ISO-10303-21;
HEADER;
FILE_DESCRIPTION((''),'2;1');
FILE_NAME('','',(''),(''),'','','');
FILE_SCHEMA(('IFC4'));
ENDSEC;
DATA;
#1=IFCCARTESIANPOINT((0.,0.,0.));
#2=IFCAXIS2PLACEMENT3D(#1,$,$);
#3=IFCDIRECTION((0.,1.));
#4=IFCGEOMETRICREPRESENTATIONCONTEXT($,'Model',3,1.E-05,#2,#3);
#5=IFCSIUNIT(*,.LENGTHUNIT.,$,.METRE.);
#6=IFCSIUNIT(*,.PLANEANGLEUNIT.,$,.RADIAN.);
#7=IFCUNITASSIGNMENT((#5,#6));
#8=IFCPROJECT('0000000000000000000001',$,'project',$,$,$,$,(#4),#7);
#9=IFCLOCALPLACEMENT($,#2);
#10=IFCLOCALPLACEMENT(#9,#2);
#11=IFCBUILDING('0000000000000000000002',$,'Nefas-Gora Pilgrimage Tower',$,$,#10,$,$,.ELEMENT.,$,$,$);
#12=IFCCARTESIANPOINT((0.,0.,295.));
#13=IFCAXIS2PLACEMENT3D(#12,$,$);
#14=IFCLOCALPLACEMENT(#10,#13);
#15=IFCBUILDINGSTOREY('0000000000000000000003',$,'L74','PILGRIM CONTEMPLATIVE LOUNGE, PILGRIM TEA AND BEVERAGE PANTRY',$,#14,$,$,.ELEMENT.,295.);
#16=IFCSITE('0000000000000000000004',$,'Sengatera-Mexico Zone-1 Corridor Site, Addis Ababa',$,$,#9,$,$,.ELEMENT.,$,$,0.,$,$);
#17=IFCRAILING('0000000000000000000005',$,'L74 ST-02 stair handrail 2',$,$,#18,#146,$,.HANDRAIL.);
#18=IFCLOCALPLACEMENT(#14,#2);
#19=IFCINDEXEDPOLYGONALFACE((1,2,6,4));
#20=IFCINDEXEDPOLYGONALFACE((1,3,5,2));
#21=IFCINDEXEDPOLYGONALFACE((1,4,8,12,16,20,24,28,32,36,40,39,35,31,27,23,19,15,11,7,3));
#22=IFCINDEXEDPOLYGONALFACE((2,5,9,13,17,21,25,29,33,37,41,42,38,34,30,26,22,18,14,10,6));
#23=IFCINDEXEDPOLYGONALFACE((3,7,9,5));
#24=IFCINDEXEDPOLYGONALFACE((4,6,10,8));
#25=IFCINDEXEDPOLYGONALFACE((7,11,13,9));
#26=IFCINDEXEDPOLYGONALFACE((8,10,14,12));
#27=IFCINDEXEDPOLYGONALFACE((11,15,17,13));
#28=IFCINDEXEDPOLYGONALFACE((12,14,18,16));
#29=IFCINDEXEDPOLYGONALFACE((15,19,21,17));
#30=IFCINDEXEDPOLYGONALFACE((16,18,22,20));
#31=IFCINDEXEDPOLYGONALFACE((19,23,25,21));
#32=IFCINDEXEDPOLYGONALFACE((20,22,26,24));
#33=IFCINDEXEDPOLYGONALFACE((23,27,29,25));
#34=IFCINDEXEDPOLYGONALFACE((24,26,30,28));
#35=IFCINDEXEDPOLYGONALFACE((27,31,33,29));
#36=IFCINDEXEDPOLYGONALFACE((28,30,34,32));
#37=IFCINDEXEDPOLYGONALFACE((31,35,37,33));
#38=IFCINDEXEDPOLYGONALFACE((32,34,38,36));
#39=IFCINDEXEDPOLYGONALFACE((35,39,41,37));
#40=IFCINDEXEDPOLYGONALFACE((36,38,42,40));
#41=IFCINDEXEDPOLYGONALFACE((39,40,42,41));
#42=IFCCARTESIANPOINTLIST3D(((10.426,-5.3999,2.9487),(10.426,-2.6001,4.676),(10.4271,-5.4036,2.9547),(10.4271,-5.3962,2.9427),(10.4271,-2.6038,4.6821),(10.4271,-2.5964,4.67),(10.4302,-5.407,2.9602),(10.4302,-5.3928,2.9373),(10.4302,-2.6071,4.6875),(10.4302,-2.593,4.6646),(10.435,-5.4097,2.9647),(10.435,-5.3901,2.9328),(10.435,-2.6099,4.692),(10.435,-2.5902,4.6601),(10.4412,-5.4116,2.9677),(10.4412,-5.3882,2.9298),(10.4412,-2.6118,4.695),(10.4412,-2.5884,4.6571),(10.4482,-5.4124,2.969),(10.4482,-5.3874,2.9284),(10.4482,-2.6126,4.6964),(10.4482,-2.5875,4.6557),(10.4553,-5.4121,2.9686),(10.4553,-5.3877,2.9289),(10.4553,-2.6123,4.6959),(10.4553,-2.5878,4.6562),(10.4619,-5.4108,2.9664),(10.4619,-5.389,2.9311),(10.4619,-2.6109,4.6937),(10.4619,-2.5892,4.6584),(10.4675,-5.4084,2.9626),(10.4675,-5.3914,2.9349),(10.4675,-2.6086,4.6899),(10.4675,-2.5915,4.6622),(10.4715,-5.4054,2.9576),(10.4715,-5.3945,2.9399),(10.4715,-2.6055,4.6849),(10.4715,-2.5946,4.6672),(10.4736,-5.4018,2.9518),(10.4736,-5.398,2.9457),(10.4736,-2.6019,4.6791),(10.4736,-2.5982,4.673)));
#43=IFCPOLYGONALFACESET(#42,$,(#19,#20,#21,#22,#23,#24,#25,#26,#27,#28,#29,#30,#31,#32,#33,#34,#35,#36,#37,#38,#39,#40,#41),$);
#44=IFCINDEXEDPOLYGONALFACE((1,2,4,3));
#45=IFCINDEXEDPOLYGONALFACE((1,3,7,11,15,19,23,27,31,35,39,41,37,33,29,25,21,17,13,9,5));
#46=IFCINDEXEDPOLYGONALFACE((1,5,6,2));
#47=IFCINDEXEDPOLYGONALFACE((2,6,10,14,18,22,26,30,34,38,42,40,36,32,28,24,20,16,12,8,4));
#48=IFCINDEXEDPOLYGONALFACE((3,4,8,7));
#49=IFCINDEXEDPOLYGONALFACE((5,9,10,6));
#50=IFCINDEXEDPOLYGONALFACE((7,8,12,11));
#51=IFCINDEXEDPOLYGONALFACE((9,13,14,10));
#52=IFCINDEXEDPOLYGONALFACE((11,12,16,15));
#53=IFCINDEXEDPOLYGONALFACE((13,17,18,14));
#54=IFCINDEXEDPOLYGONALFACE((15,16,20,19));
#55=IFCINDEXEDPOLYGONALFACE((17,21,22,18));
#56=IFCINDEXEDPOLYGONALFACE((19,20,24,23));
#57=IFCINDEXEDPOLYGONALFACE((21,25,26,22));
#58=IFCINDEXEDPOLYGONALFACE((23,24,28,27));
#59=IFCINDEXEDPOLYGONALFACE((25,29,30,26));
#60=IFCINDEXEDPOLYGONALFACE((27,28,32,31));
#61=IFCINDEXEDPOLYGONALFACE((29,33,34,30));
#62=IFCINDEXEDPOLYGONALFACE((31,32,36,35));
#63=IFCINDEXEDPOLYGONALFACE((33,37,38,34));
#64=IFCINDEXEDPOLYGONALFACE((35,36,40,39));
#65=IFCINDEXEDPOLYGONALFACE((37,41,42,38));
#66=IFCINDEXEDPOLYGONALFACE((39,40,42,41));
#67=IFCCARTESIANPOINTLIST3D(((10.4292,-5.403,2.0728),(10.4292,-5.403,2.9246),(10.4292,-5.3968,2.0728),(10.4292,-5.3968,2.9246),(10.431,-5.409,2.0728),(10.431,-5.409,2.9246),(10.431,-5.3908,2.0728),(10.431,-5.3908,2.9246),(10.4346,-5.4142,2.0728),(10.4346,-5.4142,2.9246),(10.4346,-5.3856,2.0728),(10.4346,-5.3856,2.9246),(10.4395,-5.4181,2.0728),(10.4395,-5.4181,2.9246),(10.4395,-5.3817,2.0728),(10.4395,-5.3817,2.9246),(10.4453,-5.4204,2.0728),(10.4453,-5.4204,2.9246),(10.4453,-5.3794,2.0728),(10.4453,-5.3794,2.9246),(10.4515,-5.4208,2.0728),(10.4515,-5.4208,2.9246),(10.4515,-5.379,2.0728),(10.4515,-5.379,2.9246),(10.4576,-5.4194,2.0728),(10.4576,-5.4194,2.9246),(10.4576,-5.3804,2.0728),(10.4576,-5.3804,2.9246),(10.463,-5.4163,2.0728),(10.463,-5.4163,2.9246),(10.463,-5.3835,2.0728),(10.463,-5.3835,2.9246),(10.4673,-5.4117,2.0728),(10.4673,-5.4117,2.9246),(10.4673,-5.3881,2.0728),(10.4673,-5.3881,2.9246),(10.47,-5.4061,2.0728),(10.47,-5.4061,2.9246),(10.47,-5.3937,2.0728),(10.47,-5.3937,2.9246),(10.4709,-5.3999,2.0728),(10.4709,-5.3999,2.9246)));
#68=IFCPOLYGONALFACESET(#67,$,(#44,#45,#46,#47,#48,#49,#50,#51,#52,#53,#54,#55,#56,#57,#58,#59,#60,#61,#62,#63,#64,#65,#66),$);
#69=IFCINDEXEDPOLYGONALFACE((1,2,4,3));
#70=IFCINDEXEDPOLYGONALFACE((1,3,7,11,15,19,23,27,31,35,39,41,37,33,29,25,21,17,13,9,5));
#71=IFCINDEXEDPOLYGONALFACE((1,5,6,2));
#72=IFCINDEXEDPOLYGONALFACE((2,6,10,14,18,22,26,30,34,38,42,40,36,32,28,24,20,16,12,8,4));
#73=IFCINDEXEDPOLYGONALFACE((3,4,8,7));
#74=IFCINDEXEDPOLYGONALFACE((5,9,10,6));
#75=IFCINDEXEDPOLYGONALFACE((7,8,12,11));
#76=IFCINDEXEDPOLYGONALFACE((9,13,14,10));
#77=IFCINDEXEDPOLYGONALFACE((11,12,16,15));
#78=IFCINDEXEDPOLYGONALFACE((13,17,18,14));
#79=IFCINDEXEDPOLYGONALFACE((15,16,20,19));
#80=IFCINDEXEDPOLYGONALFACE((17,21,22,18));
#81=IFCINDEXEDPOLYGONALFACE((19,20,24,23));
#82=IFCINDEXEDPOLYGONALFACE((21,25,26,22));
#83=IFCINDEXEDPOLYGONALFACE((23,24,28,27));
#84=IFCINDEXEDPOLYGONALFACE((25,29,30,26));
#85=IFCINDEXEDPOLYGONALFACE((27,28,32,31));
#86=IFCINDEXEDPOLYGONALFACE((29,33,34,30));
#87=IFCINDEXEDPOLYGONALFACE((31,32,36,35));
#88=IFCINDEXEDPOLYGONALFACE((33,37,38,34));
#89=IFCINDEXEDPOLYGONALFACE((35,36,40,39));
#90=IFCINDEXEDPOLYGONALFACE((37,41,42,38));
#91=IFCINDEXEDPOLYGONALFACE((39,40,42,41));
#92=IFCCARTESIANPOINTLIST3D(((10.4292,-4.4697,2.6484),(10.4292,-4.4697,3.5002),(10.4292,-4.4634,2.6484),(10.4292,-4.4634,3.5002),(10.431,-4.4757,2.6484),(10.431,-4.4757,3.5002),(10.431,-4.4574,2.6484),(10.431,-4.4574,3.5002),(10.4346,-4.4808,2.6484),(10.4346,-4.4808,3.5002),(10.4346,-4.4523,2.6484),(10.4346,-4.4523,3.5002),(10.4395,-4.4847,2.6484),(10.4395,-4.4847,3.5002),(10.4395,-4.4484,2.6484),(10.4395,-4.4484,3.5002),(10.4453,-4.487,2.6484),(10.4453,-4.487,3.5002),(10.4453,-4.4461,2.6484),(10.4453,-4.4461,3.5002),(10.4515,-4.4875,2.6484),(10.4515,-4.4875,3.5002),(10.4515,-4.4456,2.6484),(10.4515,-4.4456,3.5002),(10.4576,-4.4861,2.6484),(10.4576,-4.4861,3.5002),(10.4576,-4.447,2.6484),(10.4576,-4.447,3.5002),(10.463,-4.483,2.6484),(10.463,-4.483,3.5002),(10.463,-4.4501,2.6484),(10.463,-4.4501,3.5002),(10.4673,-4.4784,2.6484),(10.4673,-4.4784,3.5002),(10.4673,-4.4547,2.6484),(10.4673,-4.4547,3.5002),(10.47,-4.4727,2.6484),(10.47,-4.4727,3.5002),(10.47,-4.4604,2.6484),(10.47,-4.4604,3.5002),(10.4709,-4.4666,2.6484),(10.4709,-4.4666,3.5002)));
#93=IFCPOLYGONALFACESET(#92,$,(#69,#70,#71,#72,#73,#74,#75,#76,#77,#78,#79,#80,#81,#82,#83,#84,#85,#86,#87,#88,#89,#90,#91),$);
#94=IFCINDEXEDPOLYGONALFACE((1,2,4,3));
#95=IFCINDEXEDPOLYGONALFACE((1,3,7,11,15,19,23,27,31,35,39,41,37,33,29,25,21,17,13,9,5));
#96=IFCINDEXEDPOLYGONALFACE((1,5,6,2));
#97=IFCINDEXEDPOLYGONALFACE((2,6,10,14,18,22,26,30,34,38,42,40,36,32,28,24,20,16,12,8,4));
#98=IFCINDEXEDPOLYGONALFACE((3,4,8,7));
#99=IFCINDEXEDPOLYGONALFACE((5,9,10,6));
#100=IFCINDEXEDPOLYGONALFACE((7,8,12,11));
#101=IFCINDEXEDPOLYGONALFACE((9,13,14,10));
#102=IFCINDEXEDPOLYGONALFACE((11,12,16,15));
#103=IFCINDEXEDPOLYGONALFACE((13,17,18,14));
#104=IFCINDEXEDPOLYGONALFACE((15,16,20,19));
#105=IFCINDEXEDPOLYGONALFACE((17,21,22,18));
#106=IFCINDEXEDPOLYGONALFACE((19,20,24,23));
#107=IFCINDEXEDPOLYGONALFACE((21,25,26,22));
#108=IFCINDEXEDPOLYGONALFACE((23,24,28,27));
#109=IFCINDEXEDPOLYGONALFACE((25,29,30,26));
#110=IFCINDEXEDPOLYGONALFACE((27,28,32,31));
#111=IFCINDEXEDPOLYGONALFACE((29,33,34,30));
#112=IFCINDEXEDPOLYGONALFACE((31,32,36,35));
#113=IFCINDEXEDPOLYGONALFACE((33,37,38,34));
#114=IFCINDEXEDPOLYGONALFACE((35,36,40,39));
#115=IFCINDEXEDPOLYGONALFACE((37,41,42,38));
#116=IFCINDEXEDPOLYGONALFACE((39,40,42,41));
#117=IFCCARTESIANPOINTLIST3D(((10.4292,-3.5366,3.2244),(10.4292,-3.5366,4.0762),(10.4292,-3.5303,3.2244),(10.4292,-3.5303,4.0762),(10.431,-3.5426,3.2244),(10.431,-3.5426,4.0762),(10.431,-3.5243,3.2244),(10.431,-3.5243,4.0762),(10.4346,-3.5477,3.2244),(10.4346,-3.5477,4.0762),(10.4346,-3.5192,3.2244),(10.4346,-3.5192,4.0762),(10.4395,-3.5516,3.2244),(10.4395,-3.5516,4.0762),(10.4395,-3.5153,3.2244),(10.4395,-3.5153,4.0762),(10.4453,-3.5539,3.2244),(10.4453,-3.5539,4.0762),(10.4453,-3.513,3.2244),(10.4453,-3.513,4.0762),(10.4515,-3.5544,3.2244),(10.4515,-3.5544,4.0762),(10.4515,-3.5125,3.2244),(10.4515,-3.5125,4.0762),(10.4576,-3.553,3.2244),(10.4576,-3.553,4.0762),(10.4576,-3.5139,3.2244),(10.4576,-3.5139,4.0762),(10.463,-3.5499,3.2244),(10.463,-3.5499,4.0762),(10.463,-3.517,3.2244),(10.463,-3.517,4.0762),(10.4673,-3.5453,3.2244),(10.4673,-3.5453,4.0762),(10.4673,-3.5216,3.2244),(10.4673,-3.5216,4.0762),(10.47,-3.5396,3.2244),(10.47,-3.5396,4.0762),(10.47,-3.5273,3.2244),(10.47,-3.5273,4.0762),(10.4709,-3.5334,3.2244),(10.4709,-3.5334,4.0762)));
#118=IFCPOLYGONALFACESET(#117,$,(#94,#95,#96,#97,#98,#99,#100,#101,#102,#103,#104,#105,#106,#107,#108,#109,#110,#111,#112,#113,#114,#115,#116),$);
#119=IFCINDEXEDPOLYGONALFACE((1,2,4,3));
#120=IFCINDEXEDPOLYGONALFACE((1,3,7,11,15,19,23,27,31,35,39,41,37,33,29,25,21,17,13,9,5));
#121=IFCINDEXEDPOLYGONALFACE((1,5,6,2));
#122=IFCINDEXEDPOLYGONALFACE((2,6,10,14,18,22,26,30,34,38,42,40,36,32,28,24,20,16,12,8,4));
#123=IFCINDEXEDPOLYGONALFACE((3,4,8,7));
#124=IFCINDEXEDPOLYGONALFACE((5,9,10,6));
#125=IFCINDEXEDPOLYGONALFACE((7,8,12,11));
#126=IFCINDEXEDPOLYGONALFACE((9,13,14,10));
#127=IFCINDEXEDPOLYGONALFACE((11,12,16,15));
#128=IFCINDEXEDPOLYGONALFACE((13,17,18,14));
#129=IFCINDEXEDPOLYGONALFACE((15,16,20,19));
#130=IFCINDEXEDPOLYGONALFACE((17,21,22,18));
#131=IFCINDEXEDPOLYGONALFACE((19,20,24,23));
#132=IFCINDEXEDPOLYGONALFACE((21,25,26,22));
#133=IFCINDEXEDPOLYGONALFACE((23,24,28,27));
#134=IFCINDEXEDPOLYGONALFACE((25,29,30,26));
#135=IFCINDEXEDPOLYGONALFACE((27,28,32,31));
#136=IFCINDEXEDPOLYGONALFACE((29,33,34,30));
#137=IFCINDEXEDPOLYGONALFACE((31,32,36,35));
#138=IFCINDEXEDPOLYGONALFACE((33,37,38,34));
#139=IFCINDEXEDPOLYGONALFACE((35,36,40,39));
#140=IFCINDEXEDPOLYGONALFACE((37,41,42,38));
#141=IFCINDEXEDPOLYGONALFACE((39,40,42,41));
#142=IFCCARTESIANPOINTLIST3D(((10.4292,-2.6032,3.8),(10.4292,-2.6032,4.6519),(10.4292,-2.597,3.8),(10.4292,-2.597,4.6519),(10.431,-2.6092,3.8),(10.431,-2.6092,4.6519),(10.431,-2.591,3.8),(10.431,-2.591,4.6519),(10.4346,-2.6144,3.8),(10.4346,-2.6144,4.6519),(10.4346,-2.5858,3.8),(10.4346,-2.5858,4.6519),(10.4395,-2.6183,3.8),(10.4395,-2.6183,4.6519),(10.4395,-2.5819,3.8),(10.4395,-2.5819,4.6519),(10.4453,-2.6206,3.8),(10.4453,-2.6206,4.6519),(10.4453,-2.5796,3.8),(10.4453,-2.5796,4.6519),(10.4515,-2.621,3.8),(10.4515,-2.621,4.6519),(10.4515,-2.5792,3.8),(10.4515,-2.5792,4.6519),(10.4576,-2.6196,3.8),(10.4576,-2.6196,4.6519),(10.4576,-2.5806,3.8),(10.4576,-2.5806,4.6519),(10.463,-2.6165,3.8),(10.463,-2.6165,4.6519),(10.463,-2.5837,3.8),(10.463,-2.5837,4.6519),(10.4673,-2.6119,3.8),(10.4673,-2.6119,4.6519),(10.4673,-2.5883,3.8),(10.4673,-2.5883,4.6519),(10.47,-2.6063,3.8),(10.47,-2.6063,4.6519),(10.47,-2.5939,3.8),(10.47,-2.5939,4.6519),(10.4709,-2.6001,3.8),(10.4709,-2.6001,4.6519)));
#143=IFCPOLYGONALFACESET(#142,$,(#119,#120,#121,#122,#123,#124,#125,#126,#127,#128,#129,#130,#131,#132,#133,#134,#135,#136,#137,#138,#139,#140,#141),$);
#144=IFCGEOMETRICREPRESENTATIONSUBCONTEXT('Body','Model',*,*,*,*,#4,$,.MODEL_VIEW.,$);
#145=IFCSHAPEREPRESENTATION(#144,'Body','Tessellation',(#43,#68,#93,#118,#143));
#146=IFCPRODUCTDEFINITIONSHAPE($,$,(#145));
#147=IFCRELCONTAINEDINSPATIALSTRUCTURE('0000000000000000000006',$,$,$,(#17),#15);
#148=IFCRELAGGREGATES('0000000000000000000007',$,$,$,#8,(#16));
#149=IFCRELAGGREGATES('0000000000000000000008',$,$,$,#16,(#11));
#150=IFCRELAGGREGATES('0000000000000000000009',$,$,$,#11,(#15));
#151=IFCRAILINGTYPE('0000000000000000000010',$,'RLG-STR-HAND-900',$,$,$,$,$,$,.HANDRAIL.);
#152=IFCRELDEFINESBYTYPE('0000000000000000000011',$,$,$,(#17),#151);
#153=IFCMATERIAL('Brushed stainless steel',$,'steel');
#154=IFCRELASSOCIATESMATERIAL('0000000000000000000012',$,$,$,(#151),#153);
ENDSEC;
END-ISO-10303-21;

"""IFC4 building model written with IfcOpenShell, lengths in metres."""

from ifc_helpers import new_model, si_unit, direction, frame, origin, origin_2d, place, context, subcontext, project, spatial, circle, extrude, material, type_object, element, save


model = new_model("IFC4")

# Units and contexts
model_context = context("Model", 3, precision=1e-05, world=origin(), true_north=direction((0.0, 1.0)))
body_context = subcontext(model_context, "Body", "Model", "MODEL_VIEW")
ifc_project = project(units=[si_unit("LENGTHUNIT", "METRE"), si_unit("PLANEANGLEUNIT", "RADIAN")], contexts=[model_context])

# Site, building, storey
site_placement = place(None, origin())
site = spatial("IfcSite", under=ifc_project, at=site_placement, Name="Sengatera-Mexico Zone-1 Corridor Site, Addis Ababa", CompositionType="ELEMENT", RefElevation=0.0)
building_placement = place(site_placement, origin())
building = spatial("IfcBuilding", under=site, at=building_placement, Name="Nefas-Gora Pilgrimage Tower", CompositionType="ELEMENT")
storey_placement = place(building_placement, frame((0.0, 0.0, 295.0)))
storey = spatial("IfcBuildingStorey", under=building, at=storey_placement, Name="L74", Description="PILGRIM CONTEMPLATIVE LOUNGE, PILGRIM TEA AND BEVERAGE PANTRY", CompositionType="ELEMENT", Elevation=295.0)

# Railing
ifc_material_1 = material(Name="Brushed stainless steel", Category="steel")
railing_type = type_object("IfcRailingType", Name="RLG-STR-HAND-900", PredefinedType="HANDRAIL", material=ifc_material_1)
railing_placement = place(storey_placement, frame((10.45, -5.3999, 2.0728)))
element("IfcRailing", 1, at=railing_placement, inside=storey, type_object=railing_type, Name="L74 ST-02 stair handrail 2", PredefinedType="HANDRAIL", context=body_context, shape_type="SweptSolid", body=[
    extrude(circle(Radius=0.0239, at=origin_2d()), frame((0.0, 0.0, 0.876), z_axis=(0.0, 0.851069, 0.525054), x_axis=(-1.0, 0.0, 0.0)), (0.0, 0.0, 1.0), 3.2898),
    extrude(circle(Radius=0.021, at=origin_2d()), origin(), (0.0, 0.0, 1.0), 0.8518),
    extrude(circle(Radius=0.021, at=origin_2d()), frame((0.0, 0.9333, 0.5757)), (0.0, 0.0, 1.0), 0.8518),
    extrude(circle(Radius=0.021, at=origin_2d()), frame((0.0, 1.8665, 1.1516)), (0.0, 0.0, 1.0), 0.8518),
    extrude(circle(Radius=0.021, at=origin_2d()), frame((0.0, 2.7998, 1.7273)), (0.0, 0.0, 1.0), 0.8518),
])

save(model, "model.ifc")
